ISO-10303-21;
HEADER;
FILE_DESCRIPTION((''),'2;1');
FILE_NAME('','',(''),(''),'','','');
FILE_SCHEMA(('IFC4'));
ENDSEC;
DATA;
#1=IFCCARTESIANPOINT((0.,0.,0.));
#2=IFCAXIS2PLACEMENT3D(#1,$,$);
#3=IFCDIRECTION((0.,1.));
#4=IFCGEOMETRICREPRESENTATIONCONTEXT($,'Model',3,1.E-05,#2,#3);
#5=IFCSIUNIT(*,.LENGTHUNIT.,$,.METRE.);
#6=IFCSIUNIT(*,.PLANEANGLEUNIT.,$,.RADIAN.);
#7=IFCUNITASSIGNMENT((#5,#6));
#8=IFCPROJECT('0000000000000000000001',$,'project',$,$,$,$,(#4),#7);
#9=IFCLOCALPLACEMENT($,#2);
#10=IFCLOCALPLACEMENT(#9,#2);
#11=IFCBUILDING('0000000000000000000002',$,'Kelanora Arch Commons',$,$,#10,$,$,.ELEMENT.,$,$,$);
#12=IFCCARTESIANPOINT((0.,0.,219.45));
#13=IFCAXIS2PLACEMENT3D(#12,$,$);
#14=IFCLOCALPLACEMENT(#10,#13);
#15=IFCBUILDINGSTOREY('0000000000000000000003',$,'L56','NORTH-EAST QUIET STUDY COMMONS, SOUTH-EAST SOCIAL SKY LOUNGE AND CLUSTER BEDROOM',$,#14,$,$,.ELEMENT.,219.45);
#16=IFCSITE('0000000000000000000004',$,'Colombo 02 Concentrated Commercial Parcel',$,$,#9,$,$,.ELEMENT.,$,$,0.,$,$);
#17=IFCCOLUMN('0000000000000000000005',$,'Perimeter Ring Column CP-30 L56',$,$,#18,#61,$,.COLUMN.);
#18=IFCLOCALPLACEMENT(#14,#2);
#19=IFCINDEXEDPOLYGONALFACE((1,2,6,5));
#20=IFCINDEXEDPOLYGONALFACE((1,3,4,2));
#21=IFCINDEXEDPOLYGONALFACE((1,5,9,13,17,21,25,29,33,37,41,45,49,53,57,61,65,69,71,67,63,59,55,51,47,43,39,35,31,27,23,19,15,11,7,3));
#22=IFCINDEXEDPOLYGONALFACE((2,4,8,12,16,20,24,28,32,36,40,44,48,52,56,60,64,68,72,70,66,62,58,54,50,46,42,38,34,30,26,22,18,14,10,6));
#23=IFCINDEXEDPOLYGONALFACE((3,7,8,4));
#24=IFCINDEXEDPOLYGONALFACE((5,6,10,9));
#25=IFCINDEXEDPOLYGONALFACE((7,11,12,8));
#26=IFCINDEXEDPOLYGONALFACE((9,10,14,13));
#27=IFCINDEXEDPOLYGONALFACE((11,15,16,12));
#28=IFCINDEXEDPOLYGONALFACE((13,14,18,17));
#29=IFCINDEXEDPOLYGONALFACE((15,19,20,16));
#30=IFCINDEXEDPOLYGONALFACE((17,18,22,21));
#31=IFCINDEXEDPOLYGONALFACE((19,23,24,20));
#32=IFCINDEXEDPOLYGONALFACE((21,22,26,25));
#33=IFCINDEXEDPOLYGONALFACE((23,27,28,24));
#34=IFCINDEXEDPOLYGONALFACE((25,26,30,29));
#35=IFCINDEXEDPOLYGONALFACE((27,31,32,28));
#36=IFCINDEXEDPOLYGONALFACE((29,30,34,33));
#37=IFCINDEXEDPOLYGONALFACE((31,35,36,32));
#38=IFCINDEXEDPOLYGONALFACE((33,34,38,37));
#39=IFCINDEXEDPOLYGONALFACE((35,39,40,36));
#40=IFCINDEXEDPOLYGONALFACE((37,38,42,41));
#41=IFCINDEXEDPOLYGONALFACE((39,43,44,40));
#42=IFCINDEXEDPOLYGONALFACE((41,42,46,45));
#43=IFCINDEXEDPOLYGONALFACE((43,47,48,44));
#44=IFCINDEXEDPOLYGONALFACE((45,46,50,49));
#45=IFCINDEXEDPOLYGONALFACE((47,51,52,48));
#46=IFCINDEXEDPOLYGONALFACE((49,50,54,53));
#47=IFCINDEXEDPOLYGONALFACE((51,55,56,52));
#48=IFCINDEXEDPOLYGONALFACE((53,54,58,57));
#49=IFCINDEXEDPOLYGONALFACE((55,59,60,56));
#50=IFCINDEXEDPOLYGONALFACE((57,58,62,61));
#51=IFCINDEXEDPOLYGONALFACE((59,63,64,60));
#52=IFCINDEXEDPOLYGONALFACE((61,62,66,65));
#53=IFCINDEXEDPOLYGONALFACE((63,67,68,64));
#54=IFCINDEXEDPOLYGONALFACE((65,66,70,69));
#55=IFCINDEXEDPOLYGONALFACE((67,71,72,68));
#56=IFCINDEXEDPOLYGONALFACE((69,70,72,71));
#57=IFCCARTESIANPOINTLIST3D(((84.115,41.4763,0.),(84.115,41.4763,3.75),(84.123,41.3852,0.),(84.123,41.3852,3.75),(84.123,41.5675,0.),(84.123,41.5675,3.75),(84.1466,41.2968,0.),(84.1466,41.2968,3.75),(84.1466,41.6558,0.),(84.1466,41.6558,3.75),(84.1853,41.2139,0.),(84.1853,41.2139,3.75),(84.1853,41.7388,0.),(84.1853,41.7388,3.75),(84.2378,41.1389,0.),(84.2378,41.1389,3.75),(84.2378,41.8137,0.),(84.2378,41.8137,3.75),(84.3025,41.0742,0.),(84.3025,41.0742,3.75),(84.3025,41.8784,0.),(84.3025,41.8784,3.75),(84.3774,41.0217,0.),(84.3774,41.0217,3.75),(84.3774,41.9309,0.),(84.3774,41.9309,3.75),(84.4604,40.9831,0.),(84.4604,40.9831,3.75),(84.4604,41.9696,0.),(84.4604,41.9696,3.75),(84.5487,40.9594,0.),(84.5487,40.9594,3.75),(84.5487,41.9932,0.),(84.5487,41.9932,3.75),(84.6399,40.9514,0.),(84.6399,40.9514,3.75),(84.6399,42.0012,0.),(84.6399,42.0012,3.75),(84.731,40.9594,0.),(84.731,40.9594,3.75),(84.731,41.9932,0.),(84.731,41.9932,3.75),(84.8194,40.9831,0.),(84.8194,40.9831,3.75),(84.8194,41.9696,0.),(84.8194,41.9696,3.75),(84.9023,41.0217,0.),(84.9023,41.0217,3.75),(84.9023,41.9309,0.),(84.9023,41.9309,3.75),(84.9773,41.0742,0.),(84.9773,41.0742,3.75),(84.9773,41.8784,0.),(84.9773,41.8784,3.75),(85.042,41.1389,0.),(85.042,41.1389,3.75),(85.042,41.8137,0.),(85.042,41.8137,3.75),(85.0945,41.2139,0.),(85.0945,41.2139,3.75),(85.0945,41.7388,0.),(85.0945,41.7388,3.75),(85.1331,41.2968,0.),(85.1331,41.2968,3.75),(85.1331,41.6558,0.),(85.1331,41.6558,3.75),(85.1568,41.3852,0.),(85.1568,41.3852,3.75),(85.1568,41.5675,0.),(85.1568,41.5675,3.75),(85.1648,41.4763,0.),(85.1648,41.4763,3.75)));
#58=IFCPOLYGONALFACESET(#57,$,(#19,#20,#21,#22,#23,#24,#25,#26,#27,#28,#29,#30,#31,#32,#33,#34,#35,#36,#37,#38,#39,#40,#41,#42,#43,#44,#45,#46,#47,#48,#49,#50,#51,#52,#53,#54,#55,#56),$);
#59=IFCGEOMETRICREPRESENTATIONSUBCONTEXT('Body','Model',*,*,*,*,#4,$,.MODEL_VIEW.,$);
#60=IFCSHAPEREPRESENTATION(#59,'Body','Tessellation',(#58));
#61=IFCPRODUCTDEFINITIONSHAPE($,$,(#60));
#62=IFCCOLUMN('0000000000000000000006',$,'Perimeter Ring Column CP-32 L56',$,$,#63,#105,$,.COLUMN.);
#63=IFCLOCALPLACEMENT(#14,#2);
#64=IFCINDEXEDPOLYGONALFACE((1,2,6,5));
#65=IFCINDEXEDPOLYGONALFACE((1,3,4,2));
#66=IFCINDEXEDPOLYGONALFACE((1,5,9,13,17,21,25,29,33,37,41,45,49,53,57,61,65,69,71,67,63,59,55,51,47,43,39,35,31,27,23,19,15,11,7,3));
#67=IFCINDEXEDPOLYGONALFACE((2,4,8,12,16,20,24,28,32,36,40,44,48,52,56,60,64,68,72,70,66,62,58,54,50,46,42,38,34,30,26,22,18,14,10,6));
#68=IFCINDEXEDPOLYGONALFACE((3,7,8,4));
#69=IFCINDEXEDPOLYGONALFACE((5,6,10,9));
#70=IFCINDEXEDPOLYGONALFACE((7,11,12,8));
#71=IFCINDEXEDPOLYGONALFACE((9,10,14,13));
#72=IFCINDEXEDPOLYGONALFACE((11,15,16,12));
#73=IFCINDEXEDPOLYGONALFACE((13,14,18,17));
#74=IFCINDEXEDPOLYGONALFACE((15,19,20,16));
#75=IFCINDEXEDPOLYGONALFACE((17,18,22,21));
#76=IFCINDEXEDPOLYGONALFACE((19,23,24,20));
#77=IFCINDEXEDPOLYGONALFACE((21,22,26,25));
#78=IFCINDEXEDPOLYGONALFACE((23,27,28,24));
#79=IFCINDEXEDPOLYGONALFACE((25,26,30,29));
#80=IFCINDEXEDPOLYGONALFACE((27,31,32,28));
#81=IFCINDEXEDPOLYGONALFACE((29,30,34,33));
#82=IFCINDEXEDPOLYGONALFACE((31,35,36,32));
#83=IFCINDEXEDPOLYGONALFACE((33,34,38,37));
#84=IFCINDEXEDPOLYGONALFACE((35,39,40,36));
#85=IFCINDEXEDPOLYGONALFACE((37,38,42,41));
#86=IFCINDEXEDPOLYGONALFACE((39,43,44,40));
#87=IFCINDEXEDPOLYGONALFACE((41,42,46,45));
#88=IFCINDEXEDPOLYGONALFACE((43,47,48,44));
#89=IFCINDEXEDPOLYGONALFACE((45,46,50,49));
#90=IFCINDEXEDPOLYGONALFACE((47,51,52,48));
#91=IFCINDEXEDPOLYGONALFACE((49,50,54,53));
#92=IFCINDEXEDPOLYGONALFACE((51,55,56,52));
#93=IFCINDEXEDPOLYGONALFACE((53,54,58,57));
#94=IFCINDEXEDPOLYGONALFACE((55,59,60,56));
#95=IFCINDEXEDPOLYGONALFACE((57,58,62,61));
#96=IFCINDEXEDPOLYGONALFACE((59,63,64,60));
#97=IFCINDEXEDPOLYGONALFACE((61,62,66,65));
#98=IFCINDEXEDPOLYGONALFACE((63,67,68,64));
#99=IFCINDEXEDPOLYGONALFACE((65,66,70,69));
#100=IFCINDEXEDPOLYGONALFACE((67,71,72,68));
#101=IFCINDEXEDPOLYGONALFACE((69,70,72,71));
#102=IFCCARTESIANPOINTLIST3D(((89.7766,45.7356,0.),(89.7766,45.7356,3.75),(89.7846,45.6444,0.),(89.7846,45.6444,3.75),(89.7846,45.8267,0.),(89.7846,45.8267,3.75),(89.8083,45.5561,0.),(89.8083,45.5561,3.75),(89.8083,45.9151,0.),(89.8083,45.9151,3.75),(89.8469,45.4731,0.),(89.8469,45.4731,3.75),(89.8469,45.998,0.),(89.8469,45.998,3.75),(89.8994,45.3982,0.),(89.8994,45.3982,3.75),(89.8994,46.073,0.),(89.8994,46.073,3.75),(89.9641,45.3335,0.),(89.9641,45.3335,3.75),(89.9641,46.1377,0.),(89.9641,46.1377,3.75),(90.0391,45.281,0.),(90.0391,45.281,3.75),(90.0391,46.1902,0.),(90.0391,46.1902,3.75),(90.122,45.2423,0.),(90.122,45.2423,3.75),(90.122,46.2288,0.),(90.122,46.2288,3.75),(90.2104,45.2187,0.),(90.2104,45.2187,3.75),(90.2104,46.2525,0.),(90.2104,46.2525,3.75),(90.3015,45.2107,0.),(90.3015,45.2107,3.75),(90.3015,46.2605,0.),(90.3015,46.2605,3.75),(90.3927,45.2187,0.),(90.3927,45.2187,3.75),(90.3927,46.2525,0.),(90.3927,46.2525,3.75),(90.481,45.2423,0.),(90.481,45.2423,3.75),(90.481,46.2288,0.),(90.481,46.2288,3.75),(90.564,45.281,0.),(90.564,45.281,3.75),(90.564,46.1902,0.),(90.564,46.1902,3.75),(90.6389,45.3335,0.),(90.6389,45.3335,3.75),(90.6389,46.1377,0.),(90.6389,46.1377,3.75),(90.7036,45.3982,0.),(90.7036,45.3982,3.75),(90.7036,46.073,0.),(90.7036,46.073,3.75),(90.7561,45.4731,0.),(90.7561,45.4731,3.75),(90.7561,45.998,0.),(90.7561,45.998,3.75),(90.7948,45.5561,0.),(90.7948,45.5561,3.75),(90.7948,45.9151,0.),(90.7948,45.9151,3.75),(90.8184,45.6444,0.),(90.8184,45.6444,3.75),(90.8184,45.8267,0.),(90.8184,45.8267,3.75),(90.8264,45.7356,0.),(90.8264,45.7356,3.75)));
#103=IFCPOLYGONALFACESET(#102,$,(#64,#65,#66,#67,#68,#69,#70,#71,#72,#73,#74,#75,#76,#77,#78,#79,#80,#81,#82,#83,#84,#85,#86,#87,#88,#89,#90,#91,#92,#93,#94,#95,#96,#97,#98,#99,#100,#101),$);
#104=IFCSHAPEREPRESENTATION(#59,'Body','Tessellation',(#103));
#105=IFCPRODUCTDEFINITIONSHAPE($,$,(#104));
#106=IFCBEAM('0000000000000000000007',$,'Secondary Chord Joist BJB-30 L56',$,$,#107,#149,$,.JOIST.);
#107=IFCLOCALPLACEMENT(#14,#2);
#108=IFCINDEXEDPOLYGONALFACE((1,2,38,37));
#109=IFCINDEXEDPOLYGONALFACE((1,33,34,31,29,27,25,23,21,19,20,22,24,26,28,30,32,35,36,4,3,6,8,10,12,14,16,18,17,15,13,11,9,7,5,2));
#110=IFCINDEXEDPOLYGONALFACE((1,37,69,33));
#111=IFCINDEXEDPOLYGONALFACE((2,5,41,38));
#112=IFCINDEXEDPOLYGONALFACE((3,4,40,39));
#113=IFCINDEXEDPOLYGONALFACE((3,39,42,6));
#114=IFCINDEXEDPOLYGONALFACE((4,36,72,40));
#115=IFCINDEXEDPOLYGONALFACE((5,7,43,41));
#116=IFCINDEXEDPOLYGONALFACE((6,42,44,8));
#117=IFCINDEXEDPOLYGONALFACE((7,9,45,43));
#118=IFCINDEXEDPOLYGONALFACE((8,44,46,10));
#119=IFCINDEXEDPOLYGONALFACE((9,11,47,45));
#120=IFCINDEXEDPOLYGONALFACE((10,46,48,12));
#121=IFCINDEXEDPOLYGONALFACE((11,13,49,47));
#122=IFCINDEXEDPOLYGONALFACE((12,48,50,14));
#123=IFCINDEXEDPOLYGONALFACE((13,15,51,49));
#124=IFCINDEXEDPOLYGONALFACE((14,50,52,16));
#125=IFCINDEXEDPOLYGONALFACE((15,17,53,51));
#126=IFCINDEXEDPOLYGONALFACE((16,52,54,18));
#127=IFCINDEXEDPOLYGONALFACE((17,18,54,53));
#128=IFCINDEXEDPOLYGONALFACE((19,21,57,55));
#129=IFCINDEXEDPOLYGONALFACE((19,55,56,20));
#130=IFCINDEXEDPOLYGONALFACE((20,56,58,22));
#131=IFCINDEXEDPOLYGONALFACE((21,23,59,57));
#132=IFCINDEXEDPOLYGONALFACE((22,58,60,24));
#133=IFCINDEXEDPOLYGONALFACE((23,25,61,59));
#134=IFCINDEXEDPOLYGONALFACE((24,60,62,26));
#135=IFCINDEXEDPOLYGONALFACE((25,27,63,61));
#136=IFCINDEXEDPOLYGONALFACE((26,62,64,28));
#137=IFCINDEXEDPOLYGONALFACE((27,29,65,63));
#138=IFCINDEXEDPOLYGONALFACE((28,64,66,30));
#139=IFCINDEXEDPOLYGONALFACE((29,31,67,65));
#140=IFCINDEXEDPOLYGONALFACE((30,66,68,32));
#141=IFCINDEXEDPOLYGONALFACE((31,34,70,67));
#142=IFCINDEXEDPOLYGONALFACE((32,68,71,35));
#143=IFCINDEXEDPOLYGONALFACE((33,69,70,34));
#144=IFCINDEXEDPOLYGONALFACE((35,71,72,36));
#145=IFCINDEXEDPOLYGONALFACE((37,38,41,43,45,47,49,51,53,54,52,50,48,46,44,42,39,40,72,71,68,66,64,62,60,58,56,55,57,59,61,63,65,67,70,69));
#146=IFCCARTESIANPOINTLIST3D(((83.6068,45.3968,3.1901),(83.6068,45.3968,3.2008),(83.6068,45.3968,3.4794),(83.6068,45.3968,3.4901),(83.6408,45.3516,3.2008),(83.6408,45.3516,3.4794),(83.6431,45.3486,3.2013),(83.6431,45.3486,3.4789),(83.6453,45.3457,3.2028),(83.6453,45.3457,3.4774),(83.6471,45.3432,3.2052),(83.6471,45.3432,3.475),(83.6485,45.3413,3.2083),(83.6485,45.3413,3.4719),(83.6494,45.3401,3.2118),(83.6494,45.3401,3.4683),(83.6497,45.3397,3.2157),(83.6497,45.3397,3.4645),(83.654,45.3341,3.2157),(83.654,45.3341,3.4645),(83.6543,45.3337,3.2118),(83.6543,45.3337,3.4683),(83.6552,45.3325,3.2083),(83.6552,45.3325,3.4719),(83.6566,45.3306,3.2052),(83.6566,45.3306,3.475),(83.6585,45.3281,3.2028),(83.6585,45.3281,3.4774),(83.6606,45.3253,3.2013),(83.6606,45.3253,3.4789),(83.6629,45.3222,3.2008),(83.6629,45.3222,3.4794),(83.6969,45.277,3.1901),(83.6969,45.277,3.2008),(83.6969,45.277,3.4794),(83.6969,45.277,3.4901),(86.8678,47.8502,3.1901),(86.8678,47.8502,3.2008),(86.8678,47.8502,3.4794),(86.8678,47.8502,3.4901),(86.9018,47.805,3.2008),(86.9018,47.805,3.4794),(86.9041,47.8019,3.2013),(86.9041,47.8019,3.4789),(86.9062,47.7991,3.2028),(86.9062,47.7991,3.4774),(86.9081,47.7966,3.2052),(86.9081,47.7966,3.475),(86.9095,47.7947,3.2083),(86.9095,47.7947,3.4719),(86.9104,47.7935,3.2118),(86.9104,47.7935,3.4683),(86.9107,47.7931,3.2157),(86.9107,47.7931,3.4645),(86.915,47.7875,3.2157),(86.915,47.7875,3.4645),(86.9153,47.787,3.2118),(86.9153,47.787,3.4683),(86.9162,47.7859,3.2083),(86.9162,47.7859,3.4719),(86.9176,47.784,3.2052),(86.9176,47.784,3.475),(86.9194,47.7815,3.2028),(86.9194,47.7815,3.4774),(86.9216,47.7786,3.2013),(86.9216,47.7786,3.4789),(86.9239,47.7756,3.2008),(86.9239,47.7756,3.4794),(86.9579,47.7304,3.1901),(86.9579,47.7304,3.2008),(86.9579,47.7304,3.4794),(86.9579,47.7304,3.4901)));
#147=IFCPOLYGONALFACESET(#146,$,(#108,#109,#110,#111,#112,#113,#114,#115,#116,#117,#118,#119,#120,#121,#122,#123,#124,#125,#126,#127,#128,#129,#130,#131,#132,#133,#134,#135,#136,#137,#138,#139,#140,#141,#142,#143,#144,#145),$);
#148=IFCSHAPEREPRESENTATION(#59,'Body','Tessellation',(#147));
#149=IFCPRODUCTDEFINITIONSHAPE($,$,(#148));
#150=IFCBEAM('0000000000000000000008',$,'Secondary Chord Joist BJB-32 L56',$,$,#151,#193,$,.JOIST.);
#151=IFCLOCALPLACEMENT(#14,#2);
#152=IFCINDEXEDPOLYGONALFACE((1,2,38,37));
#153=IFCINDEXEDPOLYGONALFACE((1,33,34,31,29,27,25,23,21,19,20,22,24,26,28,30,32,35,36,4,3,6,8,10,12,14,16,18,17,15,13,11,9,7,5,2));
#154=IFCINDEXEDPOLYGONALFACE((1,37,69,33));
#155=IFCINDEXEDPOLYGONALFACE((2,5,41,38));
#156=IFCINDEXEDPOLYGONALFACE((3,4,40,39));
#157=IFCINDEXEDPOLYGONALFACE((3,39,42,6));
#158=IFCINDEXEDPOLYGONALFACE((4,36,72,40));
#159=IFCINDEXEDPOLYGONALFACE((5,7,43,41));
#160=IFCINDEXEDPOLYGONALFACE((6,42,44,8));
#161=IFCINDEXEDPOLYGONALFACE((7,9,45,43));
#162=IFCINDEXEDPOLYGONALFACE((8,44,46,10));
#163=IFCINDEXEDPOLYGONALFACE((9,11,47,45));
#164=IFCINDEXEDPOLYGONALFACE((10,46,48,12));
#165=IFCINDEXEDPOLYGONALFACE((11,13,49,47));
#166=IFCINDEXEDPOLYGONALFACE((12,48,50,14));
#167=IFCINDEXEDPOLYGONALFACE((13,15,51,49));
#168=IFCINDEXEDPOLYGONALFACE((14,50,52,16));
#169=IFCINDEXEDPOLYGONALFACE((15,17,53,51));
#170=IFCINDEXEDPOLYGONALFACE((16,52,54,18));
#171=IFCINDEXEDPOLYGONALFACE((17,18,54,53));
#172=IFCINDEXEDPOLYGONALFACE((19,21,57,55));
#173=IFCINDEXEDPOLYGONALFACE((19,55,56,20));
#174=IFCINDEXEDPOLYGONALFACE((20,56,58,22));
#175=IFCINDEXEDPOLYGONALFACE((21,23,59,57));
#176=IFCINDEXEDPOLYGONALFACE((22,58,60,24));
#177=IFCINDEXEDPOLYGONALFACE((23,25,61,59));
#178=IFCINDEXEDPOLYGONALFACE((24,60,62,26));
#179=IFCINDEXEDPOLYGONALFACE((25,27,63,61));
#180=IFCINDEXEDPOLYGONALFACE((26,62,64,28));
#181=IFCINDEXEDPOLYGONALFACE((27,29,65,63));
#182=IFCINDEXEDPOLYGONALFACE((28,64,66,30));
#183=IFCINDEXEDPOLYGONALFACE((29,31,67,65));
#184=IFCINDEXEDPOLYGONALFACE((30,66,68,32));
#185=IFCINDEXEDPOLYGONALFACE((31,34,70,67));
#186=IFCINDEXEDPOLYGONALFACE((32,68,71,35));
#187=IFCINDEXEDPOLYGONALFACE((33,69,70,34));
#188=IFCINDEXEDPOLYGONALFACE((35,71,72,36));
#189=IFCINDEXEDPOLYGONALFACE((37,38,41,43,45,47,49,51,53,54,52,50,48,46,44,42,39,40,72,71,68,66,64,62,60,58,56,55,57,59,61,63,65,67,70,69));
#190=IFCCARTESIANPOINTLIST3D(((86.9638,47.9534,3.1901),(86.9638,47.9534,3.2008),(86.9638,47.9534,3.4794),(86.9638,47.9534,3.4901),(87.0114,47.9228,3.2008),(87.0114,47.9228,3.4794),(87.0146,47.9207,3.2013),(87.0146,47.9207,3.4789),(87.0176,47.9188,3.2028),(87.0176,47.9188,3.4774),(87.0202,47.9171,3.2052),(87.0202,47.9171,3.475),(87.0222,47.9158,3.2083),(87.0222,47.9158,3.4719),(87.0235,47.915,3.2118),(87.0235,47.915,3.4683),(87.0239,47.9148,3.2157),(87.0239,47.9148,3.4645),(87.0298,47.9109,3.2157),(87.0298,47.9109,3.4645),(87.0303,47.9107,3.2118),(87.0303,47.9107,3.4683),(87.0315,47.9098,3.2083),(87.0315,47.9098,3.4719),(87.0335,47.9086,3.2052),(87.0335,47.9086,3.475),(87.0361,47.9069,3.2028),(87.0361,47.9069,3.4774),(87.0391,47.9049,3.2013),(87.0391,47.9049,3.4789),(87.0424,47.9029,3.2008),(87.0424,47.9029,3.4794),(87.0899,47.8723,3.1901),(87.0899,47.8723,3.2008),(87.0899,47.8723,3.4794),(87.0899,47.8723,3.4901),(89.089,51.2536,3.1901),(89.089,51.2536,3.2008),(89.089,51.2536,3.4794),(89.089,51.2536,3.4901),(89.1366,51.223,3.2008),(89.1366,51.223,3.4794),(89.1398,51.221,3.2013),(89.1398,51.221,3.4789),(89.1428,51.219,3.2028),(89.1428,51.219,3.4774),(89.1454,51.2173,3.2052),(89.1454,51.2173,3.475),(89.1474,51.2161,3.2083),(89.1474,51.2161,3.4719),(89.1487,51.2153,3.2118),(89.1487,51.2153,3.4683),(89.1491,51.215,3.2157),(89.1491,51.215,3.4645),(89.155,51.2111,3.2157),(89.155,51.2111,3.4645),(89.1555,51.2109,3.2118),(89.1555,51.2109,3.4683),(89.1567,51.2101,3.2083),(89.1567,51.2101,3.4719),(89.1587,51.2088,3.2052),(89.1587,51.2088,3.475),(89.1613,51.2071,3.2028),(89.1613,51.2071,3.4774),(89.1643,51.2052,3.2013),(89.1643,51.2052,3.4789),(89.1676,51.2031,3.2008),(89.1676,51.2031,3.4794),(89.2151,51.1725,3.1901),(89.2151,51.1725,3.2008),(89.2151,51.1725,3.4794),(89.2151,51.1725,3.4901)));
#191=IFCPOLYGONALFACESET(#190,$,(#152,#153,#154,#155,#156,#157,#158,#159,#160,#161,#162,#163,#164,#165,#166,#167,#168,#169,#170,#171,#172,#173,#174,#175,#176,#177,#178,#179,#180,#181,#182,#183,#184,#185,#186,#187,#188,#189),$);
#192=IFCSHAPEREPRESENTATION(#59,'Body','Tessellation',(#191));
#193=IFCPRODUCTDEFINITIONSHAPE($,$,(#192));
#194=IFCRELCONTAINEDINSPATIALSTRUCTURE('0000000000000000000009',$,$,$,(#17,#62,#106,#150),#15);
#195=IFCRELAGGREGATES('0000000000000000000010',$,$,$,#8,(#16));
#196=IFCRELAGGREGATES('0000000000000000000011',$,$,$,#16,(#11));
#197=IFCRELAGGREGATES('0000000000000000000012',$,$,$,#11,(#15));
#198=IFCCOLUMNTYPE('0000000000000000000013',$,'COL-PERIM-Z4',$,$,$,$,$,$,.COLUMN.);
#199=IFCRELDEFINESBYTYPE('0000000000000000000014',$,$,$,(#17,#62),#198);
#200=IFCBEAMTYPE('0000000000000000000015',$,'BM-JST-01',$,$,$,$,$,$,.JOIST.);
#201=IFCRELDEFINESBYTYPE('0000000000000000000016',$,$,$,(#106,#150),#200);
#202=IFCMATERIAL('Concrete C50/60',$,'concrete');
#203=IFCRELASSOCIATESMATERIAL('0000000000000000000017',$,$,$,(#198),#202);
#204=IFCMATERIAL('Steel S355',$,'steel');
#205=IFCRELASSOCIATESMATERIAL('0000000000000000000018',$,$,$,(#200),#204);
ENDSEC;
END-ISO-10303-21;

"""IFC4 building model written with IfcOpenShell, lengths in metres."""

from ifc_helpers import new_model, si_unit, direction, frame, origin, origin_2d, place, context, subcontext, project, spatial, circle, i_section, extrude, material, material_profile, profile_set, type_object, element, save


model = new_model("IFC4")

# Units and contexts
model_context = context("Model", 3, precision=1e-05, world=origin(), true_north=direction((0.0, 1.0)))
body_context = subcontext(model_context, "Body", "Model", "MODEL_VIEW")
ifc_project = project(units=[si_unit("LENGTHUNIT", "METRE"), si_unit("PLANEANGLEUNIT", "RADIAN")], contexts=[model_context])

# Site, building, storey
site_placement = place(None, origin())
site = spatial("IfcSite", under=ifc_project, at=site_placement, Name="Colombo 02 Concentrated Commercial Parcel", CompositionType="ELEMENT", RefElevation=0.0)
building_placement = place(site_placement, origin())
building = spatial("IfcBuilding", under=site, at=building_placement, Name="Kelanora Arch Commons", CompositionType="ELEMENT")
storey_placement = place(building_placement, frame((0.0, 0.0, 219.45)))
storey = spatial("IfcBuildingStorey", under=building, at=storey_placement, Name="L56", Description="NORTH-EAST QUIET STUDY COMMONS, SOUTH-EAST SOCIAL SKY LOUNGE AND CLUSTER BEDROOM", CompositionType="ELEMENT", Elevation=219.45)

# Columns
ifc_material_1 = material(Name="Concrete C50/60", Category="concrete")
ifc_material_profile_1 = material_profile(ifc_material_1, circle(Radius=0.5249, at=origin_2d()), Name="RCC1050")
ifc_profile_set_1 = profile_set([ifc_material_profile_1], Name="Concrete C50/60")
column_type = type_object("IfcColumnType", Name="COL-PERIM-Z4", PredefinedType="COLUMN", material=ifc_profile_set_1)
for number, where, z_axis, x_axis, name in (
    (1, (84.6399, 41.4763, 0.0), (0.0, 0.0, 1.0), (1.0, 0.0, 0.0), "Perimeter Ring Column CP-30 L56"),
    (2, (90.3015, 45.7356, 0.0), (0.0, 0.0, 1.0), (1.0, 0.0, 0.0), "Perimeter Ring Column CP-32 L56"),
):
    element("IfcColumn", number, at=place(storey_placement, frame(where, z_axis=z_axis, x_axis=x_axis)), inside=storey, type_object=column_type, Name=name, PredefinedType="COLUMN", context=body_context, shape_type="SweptSolid", body=[
        extrude(circle(Radius=0.5249, at=origin_2d()), origin(), (0.0, 0.0, 1.0), 3.75),
    ])

# Beams
ifc_material_2 = material(Name="Steel S355", Category="steel")
ifc_material_profile_2 = material_profile(ifc_material_2, i_section(OverallWidth=0.1499, OverallDepth=0.3, WebThickness=0.0071, FlangeThickness=0.0107, FilletRadius=0.0149, at=origin_2d()), Name="IPE300")
ifc_profile_set_2 = profile_set([ifc_material_profile_2], Name="Steel S355")
beam_type_1 = type_object("IfcBeamType", Name="BM-JST-01", PredefinedType="JOIST", material=ifc_profile_set_2)
beam_1_placement = place(storey_placement, frame((83.6519, 45.3369, 3.3401), z_axis=(0.799102, 0.601196, 0.0), x_axis=(-0.601196, 0.799102, 0.0)))
element("IfcBeam", 3, at=beam_1_placement, inside=storey, type_object=beam_type_1, Name="Secondary Chord Joist BJB-30 L56", PredefinedType="JOIST", context=body_context, shape_type="SweptSolid", body=[
    extrude(i_section(OverallWidth=0.1499, OverallDepth=0.3, WebThickness=0.0071, FlangeThickness=0.0107, FilletRadius=0.0149, at=origin_2d()), origin(), (0.0, 0.0, 1.0), 4.0808),
])
beam_2_placement = place(storey_placement, frame((87.0269, 47.9128, 3.3401), z_axis=(0.541411, 0.840758, 0.0), x_axis=(-0.840758, 0.541411, 0.0)))
element("IfcBeam", 4, at=beam_2_placement, inside=storey, type_object=beam_type_1, Name="Secondary Chord Joist BJB-32 L56", PredefinedType="JOIST", context=body_context, shape_type="SweptSolid", body=[
    extrude(i_section(OverallWidth=0.1499, OverallDepth=0.3, WebThickness=0.0071, FlangeThickness=0.0107, FilletRadius=0.0149, at=origin_2d()), origin(), (0.0, 0.0, 1.0), 3.9253),
])

save(model, "model.ifc")
